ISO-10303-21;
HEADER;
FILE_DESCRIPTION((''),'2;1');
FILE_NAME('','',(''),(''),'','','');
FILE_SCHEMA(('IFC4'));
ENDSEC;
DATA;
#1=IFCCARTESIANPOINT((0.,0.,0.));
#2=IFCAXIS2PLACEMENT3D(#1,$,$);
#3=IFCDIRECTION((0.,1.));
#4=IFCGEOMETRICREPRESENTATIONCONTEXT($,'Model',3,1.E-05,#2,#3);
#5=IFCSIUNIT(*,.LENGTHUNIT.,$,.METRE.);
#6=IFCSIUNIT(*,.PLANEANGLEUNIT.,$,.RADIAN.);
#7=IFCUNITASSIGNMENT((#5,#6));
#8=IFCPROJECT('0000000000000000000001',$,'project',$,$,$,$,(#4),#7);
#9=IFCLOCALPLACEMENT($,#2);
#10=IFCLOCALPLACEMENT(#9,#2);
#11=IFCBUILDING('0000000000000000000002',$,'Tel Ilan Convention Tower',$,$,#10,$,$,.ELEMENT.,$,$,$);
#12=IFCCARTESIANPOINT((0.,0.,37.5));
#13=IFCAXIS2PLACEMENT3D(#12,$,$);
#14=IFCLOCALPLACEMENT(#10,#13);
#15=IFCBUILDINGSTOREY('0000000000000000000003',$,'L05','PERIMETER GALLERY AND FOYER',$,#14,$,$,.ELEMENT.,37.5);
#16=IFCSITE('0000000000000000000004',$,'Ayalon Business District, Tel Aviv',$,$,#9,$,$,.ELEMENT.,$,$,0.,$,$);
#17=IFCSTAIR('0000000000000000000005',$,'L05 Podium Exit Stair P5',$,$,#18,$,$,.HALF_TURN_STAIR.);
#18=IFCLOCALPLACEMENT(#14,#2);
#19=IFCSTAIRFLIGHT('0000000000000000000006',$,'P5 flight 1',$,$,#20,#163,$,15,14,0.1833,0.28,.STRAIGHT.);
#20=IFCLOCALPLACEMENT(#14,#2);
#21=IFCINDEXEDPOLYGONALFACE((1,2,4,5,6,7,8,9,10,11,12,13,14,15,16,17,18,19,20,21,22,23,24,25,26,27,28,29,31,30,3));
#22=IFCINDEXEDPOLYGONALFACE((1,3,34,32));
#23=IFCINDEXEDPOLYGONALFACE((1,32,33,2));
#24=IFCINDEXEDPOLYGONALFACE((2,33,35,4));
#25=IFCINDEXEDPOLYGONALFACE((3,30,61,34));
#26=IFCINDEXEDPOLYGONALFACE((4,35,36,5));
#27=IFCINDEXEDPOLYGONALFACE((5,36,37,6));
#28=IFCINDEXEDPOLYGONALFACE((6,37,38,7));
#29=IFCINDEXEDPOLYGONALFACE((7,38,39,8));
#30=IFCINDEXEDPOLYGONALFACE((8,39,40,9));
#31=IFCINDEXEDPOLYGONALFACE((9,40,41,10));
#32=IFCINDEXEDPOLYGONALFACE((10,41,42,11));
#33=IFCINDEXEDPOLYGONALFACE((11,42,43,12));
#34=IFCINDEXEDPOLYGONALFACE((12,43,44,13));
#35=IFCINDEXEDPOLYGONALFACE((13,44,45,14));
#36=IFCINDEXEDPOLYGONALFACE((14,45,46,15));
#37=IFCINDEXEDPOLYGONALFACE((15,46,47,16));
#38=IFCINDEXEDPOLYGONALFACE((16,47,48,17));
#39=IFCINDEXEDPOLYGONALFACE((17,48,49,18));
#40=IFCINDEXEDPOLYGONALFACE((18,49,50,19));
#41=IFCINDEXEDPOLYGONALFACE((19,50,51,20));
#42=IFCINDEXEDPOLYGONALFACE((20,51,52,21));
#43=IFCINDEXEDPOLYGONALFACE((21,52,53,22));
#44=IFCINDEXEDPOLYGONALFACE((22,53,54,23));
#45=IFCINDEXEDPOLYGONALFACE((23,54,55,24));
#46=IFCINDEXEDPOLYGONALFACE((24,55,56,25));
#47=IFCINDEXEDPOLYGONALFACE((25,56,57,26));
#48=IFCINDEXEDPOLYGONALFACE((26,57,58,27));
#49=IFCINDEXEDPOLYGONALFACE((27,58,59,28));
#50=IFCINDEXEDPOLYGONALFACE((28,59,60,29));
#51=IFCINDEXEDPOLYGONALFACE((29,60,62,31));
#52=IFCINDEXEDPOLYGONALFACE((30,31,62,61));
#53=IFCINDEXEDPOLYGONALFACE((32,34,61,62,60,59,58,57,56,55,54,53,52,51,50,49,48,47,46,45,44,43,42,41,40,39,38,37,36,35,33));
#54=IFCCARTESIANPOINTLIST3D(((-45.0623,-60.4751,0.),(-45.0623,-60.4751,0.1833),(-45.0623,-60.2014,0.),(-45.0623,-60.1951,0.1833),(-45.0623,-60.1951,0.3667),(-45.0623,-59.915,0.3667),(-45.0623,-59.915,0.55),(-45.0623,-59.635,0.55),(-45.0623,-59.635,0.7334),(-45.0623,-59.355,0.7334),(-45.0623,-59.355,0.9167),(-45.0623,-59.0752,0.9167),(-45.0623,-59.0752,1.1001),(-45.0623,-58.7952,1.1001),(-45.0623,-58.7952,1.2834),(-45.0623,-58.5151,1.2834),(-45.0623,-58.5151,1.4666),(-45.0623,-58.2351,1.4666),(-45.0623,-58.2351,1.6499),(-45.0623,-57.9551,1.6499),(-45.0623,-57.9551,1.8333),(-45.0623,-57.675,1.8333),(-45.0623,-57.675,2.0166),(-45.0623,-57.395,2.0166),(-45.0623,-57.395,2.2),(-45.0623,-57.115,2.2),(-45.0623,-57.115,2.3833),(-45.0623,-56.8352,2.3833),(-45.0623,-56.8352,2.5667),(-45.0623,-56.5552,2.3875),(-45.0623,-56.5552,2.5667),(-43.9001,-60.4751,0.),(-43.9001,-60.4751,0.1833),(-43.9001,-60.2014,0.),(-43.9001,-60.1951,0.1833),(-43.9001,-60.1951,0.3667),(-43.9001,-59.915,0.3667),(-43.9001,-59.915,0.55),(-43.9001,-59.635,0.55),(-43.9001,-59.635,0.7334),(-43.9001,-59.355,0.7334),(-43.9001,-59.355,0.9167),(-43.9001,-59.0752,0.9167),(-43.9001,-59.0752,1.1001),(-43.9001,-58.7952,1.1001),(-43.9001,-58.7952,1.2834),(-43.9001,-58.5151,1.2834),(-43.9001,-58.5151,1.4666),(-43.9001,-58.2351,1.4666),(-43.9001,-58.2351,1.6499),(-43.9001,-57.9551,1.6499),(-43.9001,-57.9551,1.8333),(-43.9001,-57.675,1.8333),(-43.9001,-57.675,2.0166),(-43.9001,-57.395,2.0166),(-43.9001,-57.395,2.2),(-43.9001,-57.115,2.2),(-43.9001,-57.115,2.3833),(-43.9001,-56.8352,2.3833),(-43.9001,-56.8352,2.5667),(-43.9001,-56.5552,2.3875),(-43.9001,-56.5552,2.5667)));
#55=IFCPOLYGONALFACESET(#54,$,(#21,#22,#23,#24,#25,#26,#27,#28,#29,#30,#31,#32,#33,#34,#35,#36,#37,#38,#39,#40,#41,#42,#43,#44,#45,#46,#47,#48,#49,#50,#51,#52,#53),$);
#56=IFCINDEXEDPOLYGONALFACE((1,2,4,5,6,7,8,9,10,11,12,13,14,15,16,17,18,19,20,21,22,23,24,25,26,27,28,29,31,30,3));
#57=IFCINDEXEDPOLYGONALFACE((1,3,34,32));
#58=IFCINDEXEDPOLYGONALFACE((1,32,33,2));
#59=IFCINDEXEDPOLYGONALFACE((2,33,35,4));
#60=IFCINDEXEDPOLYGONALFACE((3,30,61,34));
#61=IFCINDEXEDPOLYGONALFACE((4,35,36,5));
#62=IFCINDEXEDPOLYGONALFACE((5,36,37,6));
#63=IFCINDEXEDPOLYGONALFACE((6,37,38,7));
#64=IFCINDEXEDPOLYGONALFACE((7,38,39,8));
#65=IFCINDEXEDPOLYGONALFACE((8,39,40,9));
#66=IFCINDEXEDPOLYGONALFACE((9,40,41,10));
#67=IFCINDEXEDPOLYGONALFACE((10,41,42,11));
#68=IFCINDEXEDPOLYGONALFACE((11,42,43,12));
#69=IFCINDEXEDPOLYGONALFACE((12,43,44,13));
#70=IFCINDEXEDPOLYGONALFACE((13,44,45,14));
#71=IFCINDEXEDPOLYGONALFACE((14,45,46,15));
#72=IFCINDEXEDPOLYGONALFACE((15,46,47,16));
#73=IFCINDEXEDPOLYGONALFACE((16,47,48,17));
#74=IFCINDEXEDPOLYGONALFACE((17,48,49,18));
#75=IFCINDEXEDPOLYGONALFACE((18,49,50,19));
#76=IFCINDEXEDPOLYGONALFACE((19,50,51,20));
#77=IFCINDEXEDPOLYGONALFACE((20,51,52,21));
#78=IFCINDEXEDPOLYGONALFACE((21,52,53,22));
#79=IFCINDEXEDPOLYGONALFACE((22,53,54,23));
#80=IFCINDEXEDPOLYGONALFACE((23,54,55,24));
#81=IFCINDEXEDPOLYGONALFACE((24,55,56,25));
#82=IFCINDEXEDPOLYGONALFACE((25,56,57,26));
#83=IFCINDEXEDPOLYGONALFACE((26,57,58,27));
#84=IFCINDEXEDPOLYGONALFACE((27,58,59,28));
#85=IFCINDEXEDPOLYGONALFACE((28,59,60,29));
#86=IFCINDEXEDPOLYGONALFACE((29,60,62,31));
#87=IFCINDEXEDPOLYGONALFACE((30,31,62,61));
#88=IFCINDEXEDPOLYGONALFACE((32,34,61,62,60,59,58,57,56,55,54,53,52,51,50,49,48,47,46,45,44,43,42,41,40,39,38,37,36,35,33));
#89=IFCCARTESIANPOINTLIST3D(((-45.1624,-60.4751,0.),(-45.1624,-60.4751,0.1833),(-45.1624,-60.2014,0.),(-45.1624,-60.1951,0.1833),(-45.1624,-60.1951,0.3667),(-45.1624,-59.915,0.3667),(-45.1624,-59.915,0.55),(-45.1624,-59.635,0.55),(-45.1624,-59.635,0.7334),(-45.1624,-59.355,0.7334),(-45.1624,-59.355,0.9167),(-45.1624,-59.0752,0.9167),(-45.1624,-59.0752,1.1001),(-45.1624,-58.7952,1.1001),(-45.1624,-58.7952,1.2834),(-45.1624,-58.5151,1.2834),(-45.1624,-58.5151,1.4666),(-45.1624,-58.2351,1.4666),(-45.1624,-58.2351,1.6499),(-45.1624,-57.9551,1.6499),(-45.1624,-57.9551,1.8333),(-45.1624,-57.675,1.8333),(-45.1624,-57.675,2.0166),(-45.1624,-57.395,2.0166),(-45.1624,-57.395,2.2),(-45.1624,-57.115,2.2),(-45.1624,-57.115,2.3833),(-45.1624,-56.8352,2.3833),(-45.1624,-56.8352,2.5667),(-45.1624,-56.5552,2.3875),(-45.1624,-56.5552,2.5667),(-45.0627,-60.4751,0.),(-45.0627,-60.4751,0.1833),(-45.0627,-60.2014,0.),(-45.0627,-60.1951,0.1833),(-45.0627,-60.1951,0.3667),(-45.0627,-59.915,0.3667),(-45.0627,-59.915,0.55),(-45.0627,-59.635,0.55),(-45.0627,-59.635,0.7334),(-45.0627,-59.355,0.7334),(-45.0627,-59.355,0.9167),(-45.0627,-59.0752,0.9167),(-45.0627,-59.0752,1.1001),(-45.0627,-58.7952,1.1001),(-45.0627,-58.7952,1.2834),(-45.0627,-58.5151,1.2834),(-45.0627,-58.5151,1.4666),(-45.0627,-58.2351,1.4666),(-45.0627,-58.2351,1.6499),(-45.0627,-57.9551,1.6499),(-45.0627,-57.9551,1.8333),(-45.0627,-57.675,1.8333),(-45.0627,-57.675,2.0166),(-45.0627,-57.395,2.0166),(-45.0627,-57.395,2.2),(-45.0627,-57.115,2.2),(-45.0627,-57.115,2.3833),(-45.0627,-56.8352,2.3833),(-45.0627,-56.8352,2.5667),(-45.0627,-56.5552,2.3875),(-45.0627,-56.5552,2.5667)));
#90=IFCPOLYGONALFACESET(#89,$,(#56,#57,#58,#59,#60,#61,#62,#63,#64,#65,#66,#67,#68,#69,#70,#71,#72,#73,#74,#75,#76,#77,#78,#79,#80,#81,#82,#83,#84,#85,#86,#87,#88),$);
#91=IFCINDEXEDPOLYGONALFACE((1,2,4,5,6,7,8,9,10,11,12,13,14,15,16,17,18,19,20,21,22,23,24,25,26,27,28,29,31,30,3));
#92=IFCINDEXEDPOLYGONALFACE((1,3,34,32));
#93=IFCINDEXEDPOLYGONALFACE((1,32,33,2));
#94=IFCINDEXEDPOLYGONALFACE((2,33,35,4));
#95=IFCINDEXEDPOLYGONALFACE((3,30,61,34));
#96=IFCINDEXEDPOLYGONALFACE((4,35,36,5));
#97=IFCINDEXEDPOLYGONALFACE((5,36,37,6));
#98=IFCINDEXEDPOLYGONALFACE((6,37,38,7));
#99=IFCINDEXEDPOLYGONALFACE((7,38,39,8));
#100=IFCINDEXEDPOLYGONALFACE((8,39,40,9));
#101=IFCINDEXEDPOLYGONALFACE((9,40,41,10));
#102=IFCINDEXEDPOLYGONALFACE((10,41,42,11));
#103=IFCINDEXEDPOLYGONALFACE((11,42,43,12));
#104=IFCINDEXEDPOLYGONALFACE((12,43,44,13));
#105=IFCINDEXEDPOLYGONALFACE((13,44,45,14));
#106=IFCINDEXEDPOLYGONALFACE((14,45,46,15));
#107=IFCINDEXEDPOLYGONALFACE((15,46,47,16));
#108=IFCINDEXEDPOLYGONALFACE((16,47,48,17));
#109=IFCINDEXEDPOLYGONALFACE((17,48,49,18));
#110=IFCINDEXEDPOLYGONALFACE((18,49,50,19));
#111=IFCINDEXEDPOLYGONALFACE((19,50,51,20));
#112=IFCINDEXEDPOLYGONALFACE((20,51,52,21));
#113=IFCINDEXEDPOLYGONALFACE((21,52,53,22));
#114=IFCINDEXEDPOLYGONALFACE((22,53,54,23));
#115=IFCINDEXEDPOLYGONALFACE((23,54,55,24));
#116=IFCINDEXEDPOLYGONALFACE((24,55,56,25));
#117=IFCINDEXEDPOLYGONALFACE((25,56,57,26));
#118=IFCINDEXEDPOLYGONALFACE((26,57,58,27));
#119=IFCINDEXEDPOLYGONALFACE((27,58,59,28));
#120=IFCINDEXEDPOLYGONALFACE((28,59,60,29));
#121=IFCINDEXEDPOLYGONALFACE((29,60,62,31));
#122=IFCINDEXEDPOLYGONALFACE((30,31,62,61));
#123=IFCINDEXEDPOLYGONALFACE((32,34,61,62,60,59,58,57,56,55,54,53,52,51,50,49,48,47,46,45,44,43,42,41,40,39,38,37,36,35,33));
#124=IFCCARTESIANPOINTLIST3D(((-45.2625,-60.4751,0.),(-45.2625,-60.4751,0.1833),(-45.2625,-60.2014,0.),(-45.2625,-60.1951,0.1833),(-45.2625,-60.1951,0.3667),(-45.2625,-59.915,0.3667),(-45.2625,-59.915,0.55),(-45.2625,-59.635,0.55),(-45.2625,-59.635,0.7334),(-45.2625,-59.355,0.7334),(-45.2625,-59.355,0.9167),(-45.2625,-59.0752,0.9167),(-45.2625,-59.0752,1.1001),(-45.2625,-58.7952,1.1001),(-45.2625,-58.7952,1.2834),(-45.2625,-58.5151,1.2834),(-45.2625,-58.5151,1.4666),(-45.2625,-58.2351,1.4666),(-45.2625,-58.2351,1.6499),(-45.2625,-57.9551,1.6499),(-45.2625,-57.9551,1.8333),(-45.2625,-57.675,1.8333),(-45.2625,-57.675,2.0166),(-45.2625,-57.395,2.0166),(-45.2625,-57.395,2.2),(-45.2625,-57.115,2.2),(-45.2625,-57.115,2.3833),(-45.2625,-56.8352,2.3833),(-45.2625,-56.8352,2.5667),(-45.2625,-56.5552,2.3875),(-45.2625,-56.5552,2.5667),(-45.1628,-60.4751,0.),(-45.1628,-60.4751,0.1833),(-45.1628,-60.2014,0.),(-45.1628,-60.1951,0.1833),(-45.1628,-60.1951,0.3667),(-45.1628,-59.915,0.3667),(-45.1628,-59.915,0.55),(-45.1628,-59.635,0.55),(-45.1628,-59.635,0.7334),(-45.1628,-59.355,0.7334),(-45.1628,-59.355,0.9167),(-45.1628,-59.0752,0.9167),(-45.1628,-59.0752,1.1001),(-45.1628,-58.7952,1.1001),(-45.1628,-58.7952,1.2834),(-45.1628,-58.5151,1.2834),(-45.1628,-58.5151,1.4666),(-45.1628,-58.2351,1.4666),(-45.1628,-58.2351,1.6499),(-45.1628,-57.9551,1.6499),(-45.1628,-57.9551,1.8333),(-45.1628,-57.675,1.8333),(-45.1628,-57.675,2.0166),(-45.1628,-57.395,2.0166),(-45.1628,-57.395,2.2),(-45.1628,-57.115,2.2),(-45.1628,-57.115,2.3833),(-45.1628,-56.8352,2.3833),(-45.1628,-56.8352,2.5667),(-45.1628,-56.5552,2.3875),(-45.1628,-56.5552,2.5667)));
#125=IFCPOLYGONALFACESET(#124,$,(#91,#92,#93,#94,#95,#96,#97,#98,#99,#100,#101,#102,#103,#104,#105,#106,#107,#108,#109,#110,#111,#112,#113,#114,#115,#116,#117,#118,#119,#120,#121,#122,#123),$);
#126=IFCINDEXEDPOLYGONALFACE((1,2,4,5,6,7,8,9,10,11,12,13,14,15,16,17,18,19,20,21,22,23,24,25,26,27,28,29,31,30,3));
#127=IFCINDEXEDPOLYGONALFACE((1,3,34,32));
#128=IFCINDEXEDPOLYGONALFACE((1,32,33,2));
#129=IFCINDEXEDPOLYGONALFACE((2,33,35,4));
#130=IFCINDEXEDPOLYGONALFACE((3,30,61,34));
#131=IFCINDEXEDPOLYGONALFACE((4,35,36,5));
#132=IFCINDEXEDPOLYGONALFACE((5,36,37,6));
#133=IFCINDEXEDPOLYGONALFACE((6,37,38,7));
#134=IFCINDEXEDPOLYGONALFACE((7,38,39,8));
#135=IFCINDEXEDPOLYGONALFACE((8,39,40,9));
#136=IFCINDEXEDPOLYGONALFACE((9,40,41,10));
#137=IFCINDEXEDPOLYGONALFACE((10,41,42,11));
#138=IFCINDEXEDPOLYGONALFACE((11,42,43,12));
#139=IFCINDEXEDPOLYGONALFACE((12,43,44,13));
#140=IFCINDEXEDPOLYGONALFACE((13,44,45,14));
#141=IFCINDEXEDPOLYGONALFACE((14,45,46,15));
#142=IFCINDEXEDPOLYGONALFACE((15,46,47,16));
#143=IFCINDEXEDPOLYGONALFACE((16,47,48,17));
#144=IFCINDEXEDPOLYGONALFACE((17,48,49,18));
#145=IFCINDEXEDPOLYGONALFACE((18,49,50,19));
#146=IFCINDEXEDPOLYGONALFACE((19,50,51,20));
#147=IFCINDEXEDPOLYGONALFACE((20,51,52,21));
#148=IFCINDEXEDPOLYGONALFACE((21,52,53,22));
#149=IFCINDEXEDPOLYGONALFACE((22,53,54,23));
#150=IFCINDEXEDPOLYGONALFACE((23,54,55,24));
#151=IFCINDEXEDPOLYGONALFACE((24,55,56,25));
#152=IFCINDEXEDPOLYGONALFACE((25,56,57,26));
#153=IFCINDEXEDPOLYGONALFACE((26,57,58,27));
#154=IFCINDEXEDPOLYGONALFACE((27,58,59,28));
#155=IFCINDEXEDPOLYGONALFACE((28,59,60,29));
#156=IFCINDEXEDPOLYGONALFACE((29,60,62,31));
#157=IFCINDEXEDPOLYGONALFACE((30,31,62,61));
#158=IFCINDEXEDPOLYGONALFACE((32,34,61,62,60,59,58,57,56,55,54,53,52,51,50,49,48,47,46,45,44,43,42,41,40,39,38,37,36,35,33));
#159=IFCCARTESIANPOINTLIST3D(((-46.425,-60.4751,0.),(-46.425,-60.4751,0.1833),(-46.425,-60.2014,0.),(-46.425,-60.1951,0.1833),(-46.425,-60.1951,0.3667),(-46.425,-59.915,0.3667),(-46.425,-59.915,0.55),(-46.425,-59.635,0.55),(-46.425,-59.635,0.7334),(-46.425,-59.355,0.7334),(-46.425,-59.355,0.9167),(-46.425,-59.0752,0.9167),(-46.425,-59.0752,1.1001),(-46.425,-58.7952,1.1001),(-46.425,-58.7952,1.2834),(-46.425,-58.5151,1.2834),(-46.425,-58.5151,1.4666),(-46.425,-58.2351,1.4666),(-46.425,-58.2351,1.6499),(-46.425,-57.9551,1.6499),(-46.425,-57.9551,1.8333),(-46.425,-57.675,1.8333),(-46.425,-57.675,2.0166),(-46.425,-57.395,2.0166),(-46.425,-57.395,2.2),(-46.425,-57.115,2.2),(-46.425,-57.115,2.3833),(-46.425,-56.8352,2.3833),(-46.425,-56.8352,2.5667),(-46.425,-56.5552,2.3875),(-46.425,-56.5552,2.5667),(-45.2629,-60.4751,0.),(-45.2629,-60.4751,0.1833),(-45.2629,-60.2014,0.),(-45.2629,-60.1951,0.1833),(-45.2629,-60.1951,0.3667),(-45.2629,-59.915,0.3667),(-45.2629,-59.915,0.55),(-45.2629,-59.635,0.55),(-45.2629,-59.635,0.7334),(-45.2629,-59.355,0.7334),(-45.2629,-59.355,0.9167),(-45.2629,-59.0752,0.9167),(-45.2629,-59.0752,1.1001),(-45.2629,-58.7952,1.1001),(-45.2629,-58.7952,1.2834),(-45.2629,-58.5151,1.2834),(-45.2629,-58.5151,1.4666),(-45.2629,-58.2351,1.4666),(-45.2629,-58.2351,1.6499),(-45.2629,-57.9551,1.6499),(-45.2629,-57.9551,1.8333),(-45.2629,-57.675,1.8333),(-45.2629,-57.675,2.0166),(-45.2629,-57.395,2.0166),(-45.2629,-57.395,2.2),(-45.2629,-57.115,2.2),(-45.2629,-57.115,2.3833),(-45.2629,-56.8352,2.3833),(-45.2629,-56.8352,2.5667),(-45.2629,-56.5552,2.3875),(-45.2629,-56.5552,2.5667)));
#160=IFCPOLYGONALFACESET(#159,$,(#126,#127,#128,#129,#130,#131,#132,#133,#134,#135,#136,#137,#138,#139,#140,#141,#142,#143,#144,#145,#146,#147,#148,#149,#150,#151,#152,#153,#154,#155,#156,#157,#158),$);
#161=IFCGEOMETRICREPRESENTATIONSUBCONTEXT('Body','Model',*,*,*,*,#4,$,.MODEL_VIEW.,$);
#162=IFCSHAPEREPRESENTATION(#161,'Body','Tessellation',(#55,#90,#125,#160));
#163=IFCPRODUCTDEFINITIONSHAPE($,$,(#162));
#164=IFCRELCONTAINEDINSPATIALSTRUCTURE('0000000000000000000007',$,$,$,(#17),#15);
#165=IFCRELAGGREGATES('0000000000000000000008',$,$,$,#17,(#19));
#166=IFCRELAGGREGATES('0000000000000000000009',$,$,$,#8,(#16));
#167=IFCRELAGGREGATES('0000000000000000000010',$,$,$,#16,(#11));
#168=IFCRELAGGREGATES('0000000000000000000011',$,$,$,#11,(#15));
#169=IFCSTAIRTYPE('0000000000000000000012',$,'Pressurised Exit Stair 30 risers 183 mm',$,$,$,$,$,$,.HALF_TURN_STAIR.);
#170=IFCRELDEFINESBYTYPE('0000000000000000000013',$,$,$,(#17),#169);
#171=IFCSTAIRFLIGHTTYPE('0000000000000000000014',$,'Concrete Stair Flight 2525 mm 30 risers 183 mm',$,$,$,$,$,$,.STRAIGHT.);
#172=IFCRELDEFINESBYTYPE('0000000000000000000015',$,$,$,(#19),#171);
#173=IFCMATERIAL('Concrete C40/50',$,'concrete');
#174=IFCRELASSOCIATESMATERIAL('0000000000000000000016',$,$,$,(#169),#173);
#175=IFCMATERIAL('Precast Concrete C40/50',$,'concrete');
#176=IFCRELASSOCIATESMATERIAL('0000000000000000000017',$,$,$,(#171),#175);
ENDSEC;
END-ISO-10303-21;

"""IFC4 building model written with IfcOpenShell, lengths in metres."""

from ifc_helpers import new_model, si_unit, direction, frame, origin, place, context, subcontext, project, spatial, polyline, outline, extrude, material, type_object, element, aggregate, save


model = new_model("IFC4")

# Units and contexts
model_context = context("Model", 3, precision=1e-05, world=origin(), true_north=direction((0.0, 1.0)))
body_context = subcontext(model_context, "Body", "Model", "MODEL_VIEW")
ifc_project = project(units=[si_unit("LENGTHUNIT", "METRE"), si_unit("PLANEANGLEUNIT", "RADIAN")], contexts=[model_context])

# Site, building, storey
site_placement = place(None, origin())
site = spatial("IfcSite", under=ifc_project, at=site_placement, Name="Ayalon Business District, Tel Aviv", CompositionType="ELEMENT", RefElevation=0.0)
building_placement = place(site_placement, origin())
building = spatial("IfcBuilding", under=site, at=building_placement, Name="Tel Ilan Convention Tower", CompositionType="ELEMENT")
storey_placement = place(building_placement, frame((0.0, 0.0, 37.5)))
storey = spatial("IfcBuildingStorey", under=building, at=storey_placement, Name="L05", Description="PERIMETER GALLERY AND FOYER", CompositionType="ELEMENT", Elevation=37.5)

# Stair, stair flight
ifc_material_1 = material(Name="Concrete C40/50", Category="concrete")
stair_type = type_object("IfcStairType", Name="Pressurised Exit Stair 30 risers 183 mm", PredefinedType="HALF_TURN_STAIR", material=ifc_material_1)
stair_1_placement = place(storey_placement, origin())
stair_1 = element("IfcStair", 1, at=stair_1_placement, inside=storey, type_object=stair_type, Name="L05 Podium Exit Stair P5", PredefinedType="HALF_TURN_STAIR")
ifc_material_2 = material(Name="Precast Concrete C40/50", Category="concrete")
stair_flight_type = type_object("IfcStairFlightType", Name="Concrete Stair Flight 2525 mm 30 risers 183 mm", PredefinedType="STRAIGHT", material=ifc_material_2)
stair_flight_1_placement = place(storey_placement, frame((-45.1626, -60.4751, 0.0), z_axis=(0.0, 0.0, 1.0), x_axis=(0.0, 1.0, 0.0)))
stair_flight_1 = element("IfcStairFlight", 2, at=stair_flight_1_placement, type_object=stair_flight_type, Name="P5 flight 1", NumberOfRisers=15, NumberOfTreads=14, PredefinedType="STRAIGHT", RiserHeight=0.1833, TreadLength=0.28, context=body_context, shape_type="SweptSolid", body=[
    extrude(outline(polyline([(0.0, 0.0), (0.0, 0.1833), (0.28, 0.1833), (0.28, 0.3667), (0.5601, 0.3667), (0.5601, 0.55), (0.8401, 0.55), (0.8401, 0.7334), (1.1201, 0.7334), (1.1201, 0.9167), (1.3999, 0.9167), (1.3999, 1.1001), (1.6799, 1.1001), (1.6799, 1.2834), (1.96, 1.2834), (1.96, 1.4666), (2.24, 1.4666), (2.24, 1.6499), (2.52, 1.6499), (2.52, 1.8333), (2.8, 1.8333), (2.8, 2.0166), (3.0801, 2.0166), (3.0801, 2.2), (3.3601, 2.2), (3.3601, 2.3833), (3.6399, 2.3833), (3.6399, 2.5667), (3.9199, 2.5667), (3.9199, 2.75), (3.9199, 2.3875), (0.2737, 0.0), (0.0, 0.0)])), frame((0.0, -0.1003, 0.0), z_axis=(0.0, -1.0, 0.0), x_axis=(1.0, 0.0, 0.0)), (0.0, 0.0, 1.0), 1.1621),
    extrude(outline(polyline([(0.0, 0.0), (0.0, 0.1833), (0.28, 0.1833), (0.28, 0.3667), (0.5601, 0.3667), (0.5601, 0.55), (0.8401, 0.55), (0.8401, 0.7334), (1.1201, 0.7334), (1.1201, 0.9167), (1.3999, 0.9167), (1.3999, 1.1001), (1.6799, 1.1001), (1.6799, 1.2834), (1.96, 1.2834), (1.96, 1.4666), (2.24, 1.4666), (2.24, 1.6499), (2.52, 1.6499), (2.52, 1.8333), (2.8, 1.8333), (2.8, 2.0166), (3.0801, 2.0166), (3.0801, 2.2), (3.3601, 2.2), (3.3601, 2.3833), (3.6399, 2.3833), (3.6399, 2.5667), (3.9199, 2.5667), (3.9199, 2.75), (3.9199, 2.3875), (0.2737, 0.0), (0.0, 0.0)])), frame((0.0, -0.0002, 0.0), z_axis=(0.0, -1.0, 0.0), x_axis=(1.0, 0.0, 0.0)), (0.0, 0.0, 1.0), 0.0996),
    extrude(outline(polyline([(0.0, 0.0), (0.0, 0.1833), (0.28, 0.1833), (0.28, 0.3667), (0.5601, 0.3667), (0.5601, 0.55), (0.8401, 0.55), (0.8401, 0.7334), (1.1201, 0.7334), (1.1201, 0.9167), (1.3999, 0.9167), (1.3999, 1.1001), (1.6799, 1.1001), (1.6799, 1.2834), (1.96, 1.2834), (1.96, 1.4666), (2.24, 1.4666), (2.24, 1.6499), (2.52, 1.6499), (2.52, 1.8333), (2.8, 1.8333), (2.8, 2.0166), (3.0801, 2.0166), (3.0801, 2.2), (3.3601, 2.2), (3.3601, 2.3833), (3.6399, 2.3833), (3.6399, 2.5667), (3.9199, 2.5667), (3.9199, 2.75), (3.9199, 2.3875), (0.2737, 0.0), (0.0, 0.0)])), frame((0.0, 0.0999, 0.0), z_axis=(0.0, -1.0, 0.0), x_axis=(1.0, 0.0, 0.0)), (0.0, 0.0, 1.0), 0.0996),
    extrude(outline(polyline([(0.0, 0.0), (0.0, 0.1833), (0.28, 0.1833), (0.28, 0.3667), (0.5601, 0.3667), (0.5601, 0.55), (0.8401, 0.55), (0.8401, 0.7334), (1.1201, 0.7334), (1.1201, 0.9167), (1.3999, 0.9167), (1.3999, 1.1001), (1.6799, 1.1001), (1.6799, 1.2834), (1.96, 1.2834), (1.96, 1.4666), (2.24, 1.4666), (2.24, 1.6499), (2.52, 1.6499), (2.52, 1.8333), (2.8, 1.8333), (2.8, 2.0166), (3.0801, 2.0166), (3.0801, 2.2), (3.3601, 2.2), (3.3601, 2.3833), (3.6399, 2.3833), (3.6399, 2.5667), (3.9199, 2.5667), (3.9199, 2.75), (3.9199, 2.3875), (0.2737, 0.0), (0.0, 0.0)])), frame((0.0, 1.2625, 0.0), z_axis=(0.0, -1.0, 0.0), x_axis=(1.0, 0.0, 0.0)), (0.0, 0.0, 1.0), 1.1621),
])
aggregate(stair_1, [stair_flight_1])

save(model, "model.ifc")
